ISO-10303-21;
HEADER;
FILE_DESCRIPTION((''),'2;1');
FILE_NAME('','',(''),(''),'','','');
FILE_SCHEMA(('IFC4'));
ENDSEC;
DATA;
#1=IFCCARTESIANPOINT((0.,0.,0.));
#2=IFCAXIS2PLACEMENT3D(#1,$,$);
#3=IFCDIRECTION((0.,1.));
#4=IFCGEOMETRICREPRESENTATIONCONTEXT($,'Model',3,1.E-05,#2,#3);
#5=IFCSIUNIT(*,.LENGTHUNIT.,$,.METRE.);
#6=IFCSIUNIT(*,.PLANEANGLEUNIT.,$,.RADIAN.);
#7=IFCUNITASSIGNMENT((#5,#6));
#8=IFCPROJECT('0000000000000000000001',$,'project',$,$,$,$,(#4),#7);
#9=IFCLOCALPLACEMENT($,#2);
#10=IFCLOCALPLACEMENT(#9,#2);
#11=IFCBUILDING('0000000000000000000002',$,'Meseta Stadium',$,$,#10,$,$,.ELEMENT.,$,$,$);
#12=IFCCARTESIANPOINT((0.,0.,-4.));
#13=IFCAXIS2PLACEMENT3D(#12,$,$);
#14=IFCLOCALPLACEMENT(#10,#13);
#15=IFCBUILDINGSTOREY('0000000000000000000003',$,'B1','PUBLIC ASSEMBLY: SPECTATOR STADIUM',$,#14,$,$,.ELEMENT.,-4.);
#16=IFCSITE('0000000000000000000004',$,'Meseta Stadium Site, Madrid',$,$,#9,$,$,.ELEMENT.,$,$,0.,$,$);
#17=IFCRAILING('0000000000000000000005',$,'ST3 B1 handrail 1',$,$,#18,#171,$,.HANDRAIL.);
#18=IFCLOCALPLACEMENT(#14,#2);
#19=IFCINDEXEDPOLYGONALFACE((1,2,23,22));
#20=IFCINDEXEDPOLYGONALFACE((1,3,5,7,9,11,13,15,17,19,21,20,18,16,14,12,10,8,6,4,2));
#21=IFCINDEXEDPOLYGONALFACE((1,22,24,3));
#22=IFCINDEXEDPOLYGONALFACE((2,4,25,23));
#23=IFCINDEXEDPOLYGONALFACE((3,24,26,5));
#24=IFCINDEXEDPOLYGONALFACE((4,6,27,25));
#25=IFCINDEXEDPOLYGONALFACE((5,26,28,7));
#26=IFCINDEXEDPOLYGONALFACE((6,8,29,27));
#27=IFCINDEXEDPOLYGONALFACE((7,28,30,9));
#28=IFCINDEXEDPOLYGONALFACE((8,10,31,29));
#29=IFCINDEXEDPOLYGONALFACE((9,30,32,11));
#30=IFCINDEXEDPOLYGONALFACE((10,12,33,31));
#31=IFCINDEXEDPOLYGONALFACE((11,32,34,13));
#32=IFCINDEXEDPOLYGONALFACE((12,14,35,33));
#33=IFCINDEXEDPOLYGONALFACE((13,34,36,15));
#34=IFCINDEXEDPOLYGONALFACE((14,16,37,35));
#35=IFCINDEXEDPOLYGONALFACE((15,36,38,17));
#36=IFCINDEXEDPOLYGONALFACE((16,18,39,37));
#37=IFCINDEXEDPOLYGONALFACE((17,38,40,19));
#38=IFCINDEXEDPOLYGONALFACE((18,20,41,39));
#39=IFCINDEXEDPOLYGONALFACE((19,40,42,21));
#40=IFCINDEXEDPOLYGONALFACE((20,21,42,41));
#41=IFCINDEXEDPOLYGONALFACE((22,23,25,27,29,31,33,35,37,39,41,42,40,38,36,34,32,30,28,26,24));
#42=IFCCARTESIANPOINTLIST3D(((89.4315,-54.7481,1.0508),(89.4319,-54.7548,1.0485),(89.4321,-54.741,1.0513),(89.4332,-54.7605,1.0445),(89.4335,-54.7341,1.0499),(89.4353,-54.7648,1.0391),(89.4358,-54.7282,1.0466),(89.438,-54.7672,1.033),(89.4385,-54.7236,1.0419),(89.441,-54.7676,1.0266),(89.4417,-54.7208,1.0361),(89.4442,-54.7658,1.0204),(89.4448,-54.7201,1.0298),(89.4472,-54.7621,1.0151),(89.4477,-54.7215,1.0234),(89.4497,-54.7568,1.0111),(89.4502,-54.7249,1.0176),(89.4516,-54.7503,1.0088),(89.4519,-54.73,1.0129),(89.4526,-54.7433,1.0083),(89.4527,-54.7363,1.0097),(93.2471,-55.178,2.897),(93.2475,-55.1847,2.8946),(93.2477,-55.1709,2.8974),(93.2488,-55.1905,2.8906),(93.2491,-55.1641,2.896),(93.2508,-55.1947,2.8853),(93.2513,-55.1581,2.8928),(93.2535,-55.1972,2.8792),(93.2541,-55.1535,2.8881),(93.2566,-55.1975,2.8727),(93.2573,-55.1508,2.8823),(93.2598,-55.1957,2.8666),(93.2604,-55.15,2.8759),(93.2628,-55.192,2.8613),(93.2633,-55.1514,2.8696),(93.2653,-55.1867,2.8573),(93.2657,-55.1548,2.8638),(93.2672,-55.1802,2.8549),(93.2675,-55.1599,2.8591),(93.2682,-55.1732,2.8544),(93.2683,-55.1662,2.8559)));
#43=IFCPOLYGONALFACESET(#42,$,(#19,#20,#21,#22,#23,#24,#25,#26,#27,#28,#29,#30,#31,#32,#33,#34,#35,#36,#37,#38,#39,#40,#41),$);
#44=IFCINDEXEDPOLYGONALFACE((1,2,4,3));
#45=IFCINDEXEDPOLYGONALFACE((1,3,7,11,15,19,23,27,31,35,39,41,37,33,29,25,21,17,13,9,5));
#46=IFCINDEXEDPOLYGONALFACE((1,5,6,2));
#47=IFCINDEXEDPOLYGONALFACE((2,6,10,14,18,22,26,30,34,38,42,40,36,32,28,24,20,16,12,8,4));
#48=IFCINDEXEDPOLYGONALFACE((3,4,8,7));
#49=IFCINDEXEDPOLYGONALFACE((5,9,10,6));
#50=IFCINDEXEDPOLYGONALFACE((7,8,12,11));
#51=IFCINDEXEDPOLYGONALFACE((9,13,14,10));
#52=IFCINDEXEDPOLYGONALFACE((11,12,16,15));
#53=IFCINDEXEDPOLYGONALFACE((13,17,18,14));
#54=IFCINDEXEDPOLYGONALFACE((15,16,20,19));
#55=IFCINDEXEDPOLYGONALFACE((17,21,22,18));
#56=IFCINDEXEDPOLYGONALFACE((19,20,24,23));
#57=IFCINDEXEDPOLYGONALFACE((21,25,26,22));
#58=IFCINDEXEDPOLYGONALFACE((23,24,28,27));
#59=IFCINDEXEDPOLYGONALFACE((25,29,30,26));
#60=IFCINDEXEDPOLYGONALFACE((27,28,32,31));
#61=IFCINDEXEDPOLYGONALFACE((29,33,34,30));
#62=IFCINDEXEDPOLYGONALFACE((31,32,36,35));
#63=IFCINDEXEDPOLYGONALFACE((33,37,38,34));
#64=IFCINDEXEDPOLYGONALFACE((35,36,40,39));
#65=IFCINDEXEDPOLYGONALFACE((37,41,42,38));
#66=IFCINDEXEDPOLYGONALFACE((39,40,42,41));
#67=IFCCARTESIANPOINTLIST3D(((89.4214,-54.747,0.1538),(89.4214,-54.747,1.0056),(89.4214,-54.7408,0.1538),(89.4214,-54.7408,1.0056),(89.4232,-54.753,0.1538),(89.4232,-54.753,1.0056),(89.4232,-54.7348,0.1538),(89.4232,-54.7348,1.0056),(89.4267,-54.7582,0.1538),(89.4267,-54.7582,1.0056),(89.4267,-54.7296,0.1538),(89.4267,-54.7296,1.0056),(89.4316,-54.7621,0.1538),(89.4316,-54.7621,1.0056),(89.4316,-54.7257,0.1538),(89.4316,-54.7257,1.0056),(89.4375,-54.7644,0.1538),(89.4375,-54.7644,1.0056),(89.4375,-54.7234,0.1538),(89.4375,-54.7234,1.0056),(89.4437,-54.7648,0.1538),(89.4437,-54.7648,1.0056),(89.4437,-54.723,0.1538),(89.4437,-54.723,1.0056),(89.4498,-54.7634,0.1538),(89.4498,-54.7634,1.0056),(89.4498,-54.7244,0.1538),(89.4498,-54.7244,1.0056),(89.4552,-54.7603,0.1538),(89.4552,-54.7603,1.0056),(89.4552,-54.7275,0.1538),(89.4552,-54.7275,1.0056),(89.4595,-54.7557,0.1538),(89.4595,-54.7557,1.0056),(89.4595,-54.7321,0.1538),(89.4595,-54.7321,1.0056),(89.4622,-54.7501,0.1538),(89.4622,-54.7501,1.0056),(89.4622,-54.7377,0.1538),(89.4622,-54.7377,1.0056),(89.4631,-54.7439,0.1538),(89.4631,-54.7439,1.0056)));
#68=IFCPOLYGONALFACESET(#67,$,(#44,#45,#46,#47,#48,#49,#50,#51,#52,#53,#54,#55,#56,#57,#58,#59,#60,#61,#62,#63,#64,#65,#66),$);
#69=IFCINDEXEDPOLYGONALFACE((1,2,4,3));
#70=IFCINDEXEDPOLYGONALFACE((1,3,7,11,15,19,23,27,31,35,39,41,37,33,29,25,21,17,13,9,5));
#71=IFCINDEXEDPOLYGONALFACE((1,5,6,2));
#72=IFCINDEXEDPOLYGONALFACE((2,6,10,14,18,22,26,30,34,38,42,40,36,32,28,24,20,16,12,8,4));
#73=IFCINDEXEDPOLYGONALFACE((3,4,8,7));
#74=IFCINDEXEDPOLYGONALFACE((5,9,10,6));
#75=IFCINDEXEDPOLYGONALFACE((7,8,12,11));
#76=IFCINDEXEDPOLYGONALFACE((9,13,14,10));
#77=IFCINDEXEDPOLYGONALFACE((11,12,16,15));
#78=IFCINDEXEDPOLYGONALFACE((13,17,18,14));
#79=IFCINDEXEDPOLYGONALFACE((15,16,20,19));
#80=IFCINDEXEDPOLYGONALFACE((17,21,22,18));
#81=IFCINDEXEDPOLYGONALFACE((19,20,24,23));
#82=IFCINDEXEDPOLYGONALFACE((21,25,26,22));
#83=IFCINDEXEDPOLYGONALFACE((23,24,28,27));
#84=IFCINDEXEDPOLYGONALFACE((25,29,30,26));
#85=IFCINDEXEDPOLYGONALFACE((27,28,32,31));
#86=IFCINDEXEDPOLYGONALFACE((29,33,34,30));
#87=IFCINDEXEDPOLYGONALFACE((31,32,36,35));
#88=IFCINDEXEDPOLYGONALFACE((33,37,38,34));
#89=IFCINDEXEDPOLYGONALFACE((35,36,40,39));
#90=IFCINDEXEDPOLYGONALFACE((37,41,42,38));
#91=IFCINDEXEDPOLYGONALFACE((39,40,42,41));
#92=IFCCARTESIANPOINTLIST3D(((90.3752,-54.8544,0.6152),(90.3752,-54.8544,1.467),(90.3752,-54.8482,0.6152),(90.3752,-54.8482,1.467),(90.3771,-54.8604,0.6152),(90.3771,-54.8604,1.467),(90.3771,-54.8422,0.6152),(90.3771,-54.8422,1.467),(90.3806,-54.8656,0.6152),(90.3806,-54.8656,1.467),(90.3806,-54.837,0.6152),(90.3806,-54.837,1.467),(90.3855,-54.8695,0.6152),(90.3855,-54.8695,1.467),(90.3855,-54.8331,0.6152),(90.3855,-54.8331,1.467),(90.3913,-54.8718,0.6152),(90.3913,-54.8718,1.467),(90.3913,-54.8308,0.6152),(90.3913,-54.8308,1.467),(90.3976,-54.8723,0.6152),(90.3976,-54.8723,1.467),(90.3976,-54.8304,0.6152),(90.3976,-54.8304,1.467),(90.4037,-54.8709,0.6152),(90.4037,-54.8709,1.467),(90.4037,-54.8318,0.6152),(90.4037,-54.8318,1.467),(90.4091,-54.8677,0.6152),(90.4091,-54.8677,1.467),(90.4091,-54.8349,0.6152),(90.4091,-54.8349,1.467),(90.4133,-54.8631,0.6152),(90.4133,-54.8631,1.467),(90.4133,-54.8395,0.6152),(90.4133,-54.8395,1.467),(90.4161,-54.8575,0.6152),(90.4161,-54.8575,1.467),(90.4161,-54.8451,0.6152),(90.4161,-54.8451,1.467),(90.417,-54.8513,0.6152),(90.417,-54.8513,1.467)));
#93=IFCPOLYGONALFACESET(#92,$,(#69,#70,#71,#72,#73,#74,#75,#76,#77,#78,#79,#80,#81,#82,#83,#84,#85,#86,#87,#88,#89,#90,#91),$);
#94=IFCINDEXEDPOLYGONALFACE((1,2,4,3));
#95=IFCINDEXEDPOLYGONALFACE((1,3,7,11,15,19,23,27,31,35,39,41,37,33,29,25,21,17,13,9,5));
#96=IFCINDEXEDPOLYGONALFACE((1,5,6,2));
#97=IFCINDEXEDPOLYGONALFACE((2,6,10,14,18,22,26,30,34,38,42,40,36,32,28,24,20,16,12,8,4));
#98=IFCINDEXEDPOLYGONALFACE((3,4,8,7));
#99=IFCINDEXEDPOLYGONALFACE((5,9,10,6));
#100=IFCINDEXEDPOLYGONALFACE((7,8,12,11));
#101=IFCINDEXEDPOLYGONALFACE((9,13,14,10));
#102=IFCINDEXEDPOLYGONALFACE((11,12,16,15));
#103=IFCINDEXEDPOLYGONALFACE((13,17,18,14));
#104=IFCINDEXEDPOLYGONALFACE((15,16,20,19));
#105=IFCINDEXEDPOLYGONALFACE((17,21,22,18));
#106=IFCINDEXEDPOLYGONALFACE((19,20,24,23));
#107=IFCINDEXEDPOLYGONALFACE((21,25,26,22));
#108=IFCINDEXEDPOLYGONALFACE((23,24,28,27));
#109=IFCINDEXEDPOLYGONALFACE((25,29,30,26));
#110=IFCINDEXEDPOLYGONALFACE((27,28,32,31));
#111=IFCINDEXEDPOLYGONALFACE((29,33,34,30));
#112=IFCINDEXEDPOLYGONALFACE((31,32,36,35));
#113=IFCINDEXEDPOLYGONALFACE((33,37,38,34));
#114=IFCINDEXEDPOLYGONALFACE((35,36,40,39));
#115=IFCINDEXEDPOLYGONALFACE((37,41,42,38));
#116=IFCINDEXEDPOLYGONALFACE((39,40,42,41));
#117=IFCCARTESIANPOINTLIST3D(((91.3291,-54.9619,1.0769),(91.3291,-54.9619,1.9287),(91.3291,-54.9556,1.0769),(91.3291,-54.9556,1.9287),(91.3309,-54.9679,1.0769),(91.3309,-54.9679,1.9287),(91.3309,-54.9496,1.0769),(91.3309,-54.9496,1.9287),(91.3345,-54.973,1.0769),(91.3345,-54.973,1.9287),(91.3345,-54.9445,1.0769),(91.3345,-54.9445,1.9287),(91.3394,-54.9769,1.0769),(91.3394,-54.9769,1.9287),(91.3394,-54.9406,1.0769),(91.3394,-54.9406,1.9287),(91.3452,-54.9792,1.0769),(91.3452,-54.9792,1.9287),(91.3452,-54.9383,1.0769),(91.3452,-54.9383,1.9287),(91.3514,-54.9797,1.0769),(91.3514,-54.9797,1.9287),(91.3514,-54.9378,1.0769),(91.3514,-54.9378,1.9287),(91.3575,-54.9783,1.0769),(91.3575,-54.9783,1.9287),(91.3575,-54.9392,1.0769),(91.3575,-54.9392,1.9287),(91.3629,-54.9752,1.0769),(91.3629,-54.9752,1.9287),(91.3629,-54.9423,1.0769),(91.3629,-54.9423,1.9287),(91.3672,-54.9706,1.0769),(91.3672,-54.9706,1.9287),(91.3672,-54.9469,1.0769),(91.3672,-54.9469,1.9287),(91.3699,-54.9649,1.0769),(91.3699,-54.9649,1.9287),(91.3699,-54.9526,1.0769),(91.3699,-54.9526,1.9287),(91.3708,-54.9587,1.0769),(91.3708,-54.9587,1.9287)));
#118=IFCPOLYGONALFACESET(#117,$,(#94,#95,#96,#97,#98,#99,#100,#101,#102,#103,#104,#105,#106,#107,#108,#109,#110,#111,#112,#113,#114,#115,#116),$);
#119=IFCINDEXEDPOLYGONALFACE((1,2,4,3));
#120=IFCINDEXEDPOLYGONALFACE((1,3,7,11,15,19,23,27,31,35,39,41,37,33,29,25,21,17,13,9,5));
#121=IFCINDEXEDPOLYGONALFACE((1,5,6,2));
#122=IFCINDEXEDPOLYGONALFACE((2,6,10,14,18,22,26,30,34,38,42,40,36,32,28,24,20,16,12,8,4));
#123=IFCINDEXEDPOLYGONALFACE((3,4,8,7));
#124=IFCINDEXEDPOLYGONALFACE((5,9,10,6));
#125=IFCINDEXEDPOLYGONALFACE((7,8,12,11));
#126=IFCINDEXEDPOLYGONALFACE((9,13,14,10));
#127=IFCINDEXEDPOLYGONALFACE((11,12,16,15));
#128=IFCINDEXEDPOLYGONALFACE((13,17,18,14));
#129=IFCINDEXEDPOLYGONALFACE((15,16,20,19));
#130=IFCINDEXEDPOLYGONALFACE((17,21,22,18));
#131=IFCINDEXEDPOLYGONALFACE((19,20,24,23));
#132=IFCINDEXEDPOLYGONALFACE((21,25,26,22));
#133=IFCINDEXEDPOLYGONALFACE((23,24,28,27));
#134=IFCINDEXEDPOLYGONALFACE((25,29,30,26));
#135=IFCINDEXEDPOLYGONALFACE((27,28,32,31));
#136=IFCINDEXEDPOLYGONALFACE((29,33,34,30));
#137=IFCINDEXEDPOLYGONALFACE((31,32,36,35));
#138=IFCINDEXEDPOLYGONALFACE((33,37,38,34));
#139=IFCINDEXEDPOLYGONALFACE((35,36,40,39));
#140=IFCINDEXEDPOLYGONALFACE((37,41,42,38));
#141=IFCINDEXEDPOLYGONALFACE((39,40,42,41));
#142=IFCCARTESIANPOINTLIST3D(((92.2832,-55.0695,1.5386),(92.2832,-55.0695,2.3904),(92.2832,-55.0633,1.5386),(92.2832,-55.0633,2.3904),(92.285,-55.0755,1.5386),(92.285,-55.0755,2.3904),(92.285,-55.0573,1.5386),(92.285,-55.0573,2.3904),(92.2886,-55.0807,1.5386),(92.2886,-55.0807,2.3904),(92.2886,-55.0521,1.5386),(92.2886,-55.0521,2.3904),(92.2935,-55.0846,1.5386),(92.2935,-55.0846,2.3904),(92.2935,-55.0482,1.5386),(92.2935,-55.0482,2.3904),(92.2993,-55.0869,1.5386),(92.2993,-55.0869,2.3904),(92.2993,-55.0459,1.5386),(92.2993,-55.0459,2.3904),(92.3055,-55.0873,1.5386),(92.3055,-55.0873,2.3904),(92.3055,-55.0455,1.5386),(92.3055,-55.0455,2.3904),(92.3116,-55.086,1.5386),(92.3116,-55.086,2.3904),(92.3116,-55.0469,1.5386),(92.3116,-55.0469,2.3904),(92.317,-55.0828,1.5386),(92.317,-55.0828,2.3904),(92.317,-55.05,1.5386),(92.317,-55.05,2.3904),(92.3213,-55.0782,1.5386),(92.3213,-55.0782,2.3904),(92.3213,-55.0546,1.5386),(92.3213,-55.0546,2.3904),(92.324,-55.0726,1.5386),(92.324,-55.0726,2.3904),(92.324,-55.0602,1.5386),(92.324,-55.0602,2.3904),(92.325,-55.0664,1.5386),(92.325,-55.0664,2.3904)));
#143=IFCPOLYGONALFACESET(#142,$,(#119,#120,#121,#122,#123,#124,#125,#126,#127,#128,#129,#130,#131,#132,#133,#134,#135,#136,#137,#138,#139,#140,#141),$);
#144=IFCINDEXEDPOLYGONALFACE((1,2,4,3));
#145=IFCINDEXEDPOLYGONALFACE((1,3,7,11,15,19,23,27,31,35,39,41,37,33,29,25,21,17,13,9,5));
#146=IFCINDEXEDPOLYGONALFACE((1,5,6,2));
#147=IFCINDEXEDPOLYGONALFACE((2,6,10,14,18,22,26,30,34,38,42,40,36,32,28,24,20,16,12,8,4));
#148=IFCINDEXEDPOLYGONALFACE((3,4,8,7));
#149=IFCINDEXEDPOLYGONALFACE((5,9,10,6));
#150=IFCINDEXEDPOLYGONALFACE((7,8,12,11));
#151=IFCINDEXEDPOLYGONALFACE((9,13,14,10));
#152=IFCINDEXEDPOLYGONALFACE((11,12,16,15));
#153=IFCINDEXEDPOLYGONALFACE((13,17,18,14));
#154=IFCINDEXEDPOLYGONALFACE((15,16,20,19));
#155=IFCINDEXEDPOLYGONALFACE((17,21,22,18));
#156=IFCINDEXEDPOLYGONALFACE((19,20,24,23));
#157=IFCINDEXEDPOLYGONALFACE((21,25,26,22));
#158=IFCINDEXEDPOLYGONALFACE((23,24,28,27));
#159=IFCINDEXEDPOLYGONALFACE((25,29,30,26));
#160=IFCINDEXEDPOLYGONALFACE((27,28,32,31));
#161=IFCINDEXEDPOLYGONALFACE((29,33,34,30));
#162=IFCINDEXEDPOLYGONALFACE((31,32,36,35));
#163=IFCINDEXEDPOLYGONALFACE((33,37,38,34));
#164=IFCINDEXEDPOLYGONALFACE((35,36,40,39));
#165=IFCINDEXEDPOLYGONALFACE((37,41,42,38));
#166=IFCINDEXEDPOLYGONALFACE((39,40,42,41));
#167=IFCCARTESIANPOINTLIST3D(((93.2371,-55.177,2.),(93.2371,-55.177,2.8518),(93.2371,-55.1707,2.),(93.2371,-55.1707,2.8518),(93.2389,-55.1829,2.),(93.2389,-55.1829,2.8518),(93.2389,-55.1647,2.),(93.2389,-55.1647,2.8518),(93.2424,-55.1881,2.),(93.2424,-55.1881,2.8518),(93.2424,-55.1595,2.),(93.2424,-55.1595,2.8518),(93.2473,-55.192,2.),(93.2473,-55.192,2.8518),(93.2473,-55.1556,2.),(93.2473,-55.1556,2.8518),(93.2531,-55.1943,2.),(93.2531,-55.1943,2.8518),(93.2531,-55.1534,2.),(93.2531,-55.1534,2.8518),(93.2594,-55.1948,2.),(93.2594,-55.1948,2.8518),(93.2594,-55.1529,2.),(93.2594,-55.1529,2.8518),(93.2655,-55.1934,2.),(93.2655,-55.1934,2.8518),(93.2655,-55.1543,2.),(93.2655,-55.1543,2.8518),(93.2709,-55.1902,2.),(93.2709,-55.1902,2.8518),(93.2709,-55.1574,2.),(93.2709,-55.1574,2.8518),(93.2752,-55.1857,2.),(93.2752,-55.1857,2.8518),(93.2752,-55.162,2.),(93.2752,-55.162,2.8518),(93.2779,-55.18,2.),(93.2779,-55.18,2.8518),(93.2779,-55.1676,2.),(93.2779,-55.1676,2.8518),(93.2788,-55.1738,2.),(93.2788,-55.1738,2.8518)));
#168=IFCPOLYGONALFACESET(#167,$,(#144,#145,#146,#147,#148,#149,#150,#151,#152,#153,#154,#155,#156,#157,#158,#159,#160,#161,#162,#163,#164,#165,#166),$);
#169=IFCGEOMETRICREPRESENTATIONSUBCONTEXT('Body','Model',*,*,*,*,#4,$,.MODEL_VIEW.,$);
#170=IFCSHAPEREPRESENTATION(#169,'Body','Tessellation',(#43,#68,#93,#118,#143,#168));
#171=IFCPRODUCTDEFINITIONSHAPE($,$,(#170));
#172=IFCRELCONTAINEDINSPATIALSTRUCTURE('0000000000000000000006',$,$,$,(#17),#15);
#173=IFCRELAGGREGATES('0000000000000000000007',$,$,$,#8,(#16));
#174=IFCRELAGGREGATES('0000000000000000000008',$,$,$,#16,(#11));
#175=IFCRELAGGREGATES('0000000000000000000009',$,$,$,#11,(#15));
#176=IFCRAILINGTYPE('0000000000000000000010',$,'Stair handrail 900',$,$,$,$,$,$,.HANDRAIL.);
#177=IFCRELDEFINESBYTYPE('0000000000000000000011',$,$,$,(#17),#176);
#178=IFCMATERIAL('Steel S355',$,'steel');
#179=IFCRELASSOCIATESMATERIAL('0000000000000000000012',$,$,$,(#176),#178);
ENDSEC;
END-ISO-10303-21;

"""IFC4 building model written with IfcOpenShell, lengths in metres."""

from ifc_helpers import new_model, si_unit, direction, frame, origin, origin_2d, place, context, subcontext, project, spatial, circle, extrude, material, type_object, element, save


model = new_model("IFC4")

# Units and contexts
model_context = context("Model", 3, precision=1e-05, world=origin(), true_north=direction((0.0, 1.0)))
body_context = subcontext(model_context, "Body", "Model", "MODEL_VIEW")
ifc_project = project(units=[si_unit("LENGTHUNIT", "METRE"), si_unit("PLANEANGLEUNIT", "RADIAN")], contexts=[model_context])

# Site, building, storey
site_placement = place(None, origin())
site = spatial("IfcSite", under=ifc_project, at=site_placement, Name="Meseta Stadium Site, Madrid", CompositionType="ELEMENT", RefElevation=0.0)
building_placement = place(site_placement, origin())
building = spatial("IfcBuilding", under=site, at=building_placement, Name="Meseta Stadium", CompositionType="ELEMENT")
storey_placement = place(building_placement, frame((0.0, 0.0, -4.0)))
storey = spatial("IfcBuildingStorey", under=building, at=storey_placement, Name="B1", Description="PUBLIC ASSEMBLY: SPECTATOR STADIUM", CompositionType="ELEMENT", Elevation=-4.0)

# Railing
ifc_material_1 = material(Name="Steel S355", Category="steel")
railing_type_1 = type_object("IfcRailingType", Name="Stair handrail 900", PredefinedType="HANDRAIL", material=ifc_material_1)
railing_1_placement = place(storey_placement, frame((89.4421, -54.7439, 0.1538)))
element("IfcRailing", 1, at=railing_1_placement, inside=storey, type_object=railing_type_1, Name="ST3 B1 handrail 1", PredefinedType="HANDRAIL", context=body_context, shape_type="SweptSolid", body=[
    extrude(circle(Radius=0.0239, at=origin_2d()), frame((0.0, 0.0, 0.876), z_axis=(0.895574, -0.100909, 0.433318), x_axis=(0.111967, 0.993712, 0.0)), (0.0, 0.0, 1.0), 4.2605),
    extrude(circle(Radius=0.021, at=origin_2d()), origin(), (0.0, 0.0, 1.0), 0.8518),
    extrude(circle(Radius=0.021, at=origin_2d()), frame((0.9539, -0.1074, 0.4614)), (0.0, 0.0, 1.0), 0.8518),
    extrude(circle(Radius=0.021, at=origin_2d()), frame((1.9077, -0.2148, 0.9231)), (0.0, 0.0, 1.0), 0.8518),
    extrude(circle(Radius=0.021, at=origin_2d()), frame((2.8618, -0.3225, 1.3848)), (0.0, 0.0, 1.0), 0.8518),
    extrude(circle(Radius=0.021, at=origin_2d()), frame((3.8157, -0.4299, 1.8462)), (0.0, 0.0, 1.0), 0.8518),
])

save(model, "model.ifc")
